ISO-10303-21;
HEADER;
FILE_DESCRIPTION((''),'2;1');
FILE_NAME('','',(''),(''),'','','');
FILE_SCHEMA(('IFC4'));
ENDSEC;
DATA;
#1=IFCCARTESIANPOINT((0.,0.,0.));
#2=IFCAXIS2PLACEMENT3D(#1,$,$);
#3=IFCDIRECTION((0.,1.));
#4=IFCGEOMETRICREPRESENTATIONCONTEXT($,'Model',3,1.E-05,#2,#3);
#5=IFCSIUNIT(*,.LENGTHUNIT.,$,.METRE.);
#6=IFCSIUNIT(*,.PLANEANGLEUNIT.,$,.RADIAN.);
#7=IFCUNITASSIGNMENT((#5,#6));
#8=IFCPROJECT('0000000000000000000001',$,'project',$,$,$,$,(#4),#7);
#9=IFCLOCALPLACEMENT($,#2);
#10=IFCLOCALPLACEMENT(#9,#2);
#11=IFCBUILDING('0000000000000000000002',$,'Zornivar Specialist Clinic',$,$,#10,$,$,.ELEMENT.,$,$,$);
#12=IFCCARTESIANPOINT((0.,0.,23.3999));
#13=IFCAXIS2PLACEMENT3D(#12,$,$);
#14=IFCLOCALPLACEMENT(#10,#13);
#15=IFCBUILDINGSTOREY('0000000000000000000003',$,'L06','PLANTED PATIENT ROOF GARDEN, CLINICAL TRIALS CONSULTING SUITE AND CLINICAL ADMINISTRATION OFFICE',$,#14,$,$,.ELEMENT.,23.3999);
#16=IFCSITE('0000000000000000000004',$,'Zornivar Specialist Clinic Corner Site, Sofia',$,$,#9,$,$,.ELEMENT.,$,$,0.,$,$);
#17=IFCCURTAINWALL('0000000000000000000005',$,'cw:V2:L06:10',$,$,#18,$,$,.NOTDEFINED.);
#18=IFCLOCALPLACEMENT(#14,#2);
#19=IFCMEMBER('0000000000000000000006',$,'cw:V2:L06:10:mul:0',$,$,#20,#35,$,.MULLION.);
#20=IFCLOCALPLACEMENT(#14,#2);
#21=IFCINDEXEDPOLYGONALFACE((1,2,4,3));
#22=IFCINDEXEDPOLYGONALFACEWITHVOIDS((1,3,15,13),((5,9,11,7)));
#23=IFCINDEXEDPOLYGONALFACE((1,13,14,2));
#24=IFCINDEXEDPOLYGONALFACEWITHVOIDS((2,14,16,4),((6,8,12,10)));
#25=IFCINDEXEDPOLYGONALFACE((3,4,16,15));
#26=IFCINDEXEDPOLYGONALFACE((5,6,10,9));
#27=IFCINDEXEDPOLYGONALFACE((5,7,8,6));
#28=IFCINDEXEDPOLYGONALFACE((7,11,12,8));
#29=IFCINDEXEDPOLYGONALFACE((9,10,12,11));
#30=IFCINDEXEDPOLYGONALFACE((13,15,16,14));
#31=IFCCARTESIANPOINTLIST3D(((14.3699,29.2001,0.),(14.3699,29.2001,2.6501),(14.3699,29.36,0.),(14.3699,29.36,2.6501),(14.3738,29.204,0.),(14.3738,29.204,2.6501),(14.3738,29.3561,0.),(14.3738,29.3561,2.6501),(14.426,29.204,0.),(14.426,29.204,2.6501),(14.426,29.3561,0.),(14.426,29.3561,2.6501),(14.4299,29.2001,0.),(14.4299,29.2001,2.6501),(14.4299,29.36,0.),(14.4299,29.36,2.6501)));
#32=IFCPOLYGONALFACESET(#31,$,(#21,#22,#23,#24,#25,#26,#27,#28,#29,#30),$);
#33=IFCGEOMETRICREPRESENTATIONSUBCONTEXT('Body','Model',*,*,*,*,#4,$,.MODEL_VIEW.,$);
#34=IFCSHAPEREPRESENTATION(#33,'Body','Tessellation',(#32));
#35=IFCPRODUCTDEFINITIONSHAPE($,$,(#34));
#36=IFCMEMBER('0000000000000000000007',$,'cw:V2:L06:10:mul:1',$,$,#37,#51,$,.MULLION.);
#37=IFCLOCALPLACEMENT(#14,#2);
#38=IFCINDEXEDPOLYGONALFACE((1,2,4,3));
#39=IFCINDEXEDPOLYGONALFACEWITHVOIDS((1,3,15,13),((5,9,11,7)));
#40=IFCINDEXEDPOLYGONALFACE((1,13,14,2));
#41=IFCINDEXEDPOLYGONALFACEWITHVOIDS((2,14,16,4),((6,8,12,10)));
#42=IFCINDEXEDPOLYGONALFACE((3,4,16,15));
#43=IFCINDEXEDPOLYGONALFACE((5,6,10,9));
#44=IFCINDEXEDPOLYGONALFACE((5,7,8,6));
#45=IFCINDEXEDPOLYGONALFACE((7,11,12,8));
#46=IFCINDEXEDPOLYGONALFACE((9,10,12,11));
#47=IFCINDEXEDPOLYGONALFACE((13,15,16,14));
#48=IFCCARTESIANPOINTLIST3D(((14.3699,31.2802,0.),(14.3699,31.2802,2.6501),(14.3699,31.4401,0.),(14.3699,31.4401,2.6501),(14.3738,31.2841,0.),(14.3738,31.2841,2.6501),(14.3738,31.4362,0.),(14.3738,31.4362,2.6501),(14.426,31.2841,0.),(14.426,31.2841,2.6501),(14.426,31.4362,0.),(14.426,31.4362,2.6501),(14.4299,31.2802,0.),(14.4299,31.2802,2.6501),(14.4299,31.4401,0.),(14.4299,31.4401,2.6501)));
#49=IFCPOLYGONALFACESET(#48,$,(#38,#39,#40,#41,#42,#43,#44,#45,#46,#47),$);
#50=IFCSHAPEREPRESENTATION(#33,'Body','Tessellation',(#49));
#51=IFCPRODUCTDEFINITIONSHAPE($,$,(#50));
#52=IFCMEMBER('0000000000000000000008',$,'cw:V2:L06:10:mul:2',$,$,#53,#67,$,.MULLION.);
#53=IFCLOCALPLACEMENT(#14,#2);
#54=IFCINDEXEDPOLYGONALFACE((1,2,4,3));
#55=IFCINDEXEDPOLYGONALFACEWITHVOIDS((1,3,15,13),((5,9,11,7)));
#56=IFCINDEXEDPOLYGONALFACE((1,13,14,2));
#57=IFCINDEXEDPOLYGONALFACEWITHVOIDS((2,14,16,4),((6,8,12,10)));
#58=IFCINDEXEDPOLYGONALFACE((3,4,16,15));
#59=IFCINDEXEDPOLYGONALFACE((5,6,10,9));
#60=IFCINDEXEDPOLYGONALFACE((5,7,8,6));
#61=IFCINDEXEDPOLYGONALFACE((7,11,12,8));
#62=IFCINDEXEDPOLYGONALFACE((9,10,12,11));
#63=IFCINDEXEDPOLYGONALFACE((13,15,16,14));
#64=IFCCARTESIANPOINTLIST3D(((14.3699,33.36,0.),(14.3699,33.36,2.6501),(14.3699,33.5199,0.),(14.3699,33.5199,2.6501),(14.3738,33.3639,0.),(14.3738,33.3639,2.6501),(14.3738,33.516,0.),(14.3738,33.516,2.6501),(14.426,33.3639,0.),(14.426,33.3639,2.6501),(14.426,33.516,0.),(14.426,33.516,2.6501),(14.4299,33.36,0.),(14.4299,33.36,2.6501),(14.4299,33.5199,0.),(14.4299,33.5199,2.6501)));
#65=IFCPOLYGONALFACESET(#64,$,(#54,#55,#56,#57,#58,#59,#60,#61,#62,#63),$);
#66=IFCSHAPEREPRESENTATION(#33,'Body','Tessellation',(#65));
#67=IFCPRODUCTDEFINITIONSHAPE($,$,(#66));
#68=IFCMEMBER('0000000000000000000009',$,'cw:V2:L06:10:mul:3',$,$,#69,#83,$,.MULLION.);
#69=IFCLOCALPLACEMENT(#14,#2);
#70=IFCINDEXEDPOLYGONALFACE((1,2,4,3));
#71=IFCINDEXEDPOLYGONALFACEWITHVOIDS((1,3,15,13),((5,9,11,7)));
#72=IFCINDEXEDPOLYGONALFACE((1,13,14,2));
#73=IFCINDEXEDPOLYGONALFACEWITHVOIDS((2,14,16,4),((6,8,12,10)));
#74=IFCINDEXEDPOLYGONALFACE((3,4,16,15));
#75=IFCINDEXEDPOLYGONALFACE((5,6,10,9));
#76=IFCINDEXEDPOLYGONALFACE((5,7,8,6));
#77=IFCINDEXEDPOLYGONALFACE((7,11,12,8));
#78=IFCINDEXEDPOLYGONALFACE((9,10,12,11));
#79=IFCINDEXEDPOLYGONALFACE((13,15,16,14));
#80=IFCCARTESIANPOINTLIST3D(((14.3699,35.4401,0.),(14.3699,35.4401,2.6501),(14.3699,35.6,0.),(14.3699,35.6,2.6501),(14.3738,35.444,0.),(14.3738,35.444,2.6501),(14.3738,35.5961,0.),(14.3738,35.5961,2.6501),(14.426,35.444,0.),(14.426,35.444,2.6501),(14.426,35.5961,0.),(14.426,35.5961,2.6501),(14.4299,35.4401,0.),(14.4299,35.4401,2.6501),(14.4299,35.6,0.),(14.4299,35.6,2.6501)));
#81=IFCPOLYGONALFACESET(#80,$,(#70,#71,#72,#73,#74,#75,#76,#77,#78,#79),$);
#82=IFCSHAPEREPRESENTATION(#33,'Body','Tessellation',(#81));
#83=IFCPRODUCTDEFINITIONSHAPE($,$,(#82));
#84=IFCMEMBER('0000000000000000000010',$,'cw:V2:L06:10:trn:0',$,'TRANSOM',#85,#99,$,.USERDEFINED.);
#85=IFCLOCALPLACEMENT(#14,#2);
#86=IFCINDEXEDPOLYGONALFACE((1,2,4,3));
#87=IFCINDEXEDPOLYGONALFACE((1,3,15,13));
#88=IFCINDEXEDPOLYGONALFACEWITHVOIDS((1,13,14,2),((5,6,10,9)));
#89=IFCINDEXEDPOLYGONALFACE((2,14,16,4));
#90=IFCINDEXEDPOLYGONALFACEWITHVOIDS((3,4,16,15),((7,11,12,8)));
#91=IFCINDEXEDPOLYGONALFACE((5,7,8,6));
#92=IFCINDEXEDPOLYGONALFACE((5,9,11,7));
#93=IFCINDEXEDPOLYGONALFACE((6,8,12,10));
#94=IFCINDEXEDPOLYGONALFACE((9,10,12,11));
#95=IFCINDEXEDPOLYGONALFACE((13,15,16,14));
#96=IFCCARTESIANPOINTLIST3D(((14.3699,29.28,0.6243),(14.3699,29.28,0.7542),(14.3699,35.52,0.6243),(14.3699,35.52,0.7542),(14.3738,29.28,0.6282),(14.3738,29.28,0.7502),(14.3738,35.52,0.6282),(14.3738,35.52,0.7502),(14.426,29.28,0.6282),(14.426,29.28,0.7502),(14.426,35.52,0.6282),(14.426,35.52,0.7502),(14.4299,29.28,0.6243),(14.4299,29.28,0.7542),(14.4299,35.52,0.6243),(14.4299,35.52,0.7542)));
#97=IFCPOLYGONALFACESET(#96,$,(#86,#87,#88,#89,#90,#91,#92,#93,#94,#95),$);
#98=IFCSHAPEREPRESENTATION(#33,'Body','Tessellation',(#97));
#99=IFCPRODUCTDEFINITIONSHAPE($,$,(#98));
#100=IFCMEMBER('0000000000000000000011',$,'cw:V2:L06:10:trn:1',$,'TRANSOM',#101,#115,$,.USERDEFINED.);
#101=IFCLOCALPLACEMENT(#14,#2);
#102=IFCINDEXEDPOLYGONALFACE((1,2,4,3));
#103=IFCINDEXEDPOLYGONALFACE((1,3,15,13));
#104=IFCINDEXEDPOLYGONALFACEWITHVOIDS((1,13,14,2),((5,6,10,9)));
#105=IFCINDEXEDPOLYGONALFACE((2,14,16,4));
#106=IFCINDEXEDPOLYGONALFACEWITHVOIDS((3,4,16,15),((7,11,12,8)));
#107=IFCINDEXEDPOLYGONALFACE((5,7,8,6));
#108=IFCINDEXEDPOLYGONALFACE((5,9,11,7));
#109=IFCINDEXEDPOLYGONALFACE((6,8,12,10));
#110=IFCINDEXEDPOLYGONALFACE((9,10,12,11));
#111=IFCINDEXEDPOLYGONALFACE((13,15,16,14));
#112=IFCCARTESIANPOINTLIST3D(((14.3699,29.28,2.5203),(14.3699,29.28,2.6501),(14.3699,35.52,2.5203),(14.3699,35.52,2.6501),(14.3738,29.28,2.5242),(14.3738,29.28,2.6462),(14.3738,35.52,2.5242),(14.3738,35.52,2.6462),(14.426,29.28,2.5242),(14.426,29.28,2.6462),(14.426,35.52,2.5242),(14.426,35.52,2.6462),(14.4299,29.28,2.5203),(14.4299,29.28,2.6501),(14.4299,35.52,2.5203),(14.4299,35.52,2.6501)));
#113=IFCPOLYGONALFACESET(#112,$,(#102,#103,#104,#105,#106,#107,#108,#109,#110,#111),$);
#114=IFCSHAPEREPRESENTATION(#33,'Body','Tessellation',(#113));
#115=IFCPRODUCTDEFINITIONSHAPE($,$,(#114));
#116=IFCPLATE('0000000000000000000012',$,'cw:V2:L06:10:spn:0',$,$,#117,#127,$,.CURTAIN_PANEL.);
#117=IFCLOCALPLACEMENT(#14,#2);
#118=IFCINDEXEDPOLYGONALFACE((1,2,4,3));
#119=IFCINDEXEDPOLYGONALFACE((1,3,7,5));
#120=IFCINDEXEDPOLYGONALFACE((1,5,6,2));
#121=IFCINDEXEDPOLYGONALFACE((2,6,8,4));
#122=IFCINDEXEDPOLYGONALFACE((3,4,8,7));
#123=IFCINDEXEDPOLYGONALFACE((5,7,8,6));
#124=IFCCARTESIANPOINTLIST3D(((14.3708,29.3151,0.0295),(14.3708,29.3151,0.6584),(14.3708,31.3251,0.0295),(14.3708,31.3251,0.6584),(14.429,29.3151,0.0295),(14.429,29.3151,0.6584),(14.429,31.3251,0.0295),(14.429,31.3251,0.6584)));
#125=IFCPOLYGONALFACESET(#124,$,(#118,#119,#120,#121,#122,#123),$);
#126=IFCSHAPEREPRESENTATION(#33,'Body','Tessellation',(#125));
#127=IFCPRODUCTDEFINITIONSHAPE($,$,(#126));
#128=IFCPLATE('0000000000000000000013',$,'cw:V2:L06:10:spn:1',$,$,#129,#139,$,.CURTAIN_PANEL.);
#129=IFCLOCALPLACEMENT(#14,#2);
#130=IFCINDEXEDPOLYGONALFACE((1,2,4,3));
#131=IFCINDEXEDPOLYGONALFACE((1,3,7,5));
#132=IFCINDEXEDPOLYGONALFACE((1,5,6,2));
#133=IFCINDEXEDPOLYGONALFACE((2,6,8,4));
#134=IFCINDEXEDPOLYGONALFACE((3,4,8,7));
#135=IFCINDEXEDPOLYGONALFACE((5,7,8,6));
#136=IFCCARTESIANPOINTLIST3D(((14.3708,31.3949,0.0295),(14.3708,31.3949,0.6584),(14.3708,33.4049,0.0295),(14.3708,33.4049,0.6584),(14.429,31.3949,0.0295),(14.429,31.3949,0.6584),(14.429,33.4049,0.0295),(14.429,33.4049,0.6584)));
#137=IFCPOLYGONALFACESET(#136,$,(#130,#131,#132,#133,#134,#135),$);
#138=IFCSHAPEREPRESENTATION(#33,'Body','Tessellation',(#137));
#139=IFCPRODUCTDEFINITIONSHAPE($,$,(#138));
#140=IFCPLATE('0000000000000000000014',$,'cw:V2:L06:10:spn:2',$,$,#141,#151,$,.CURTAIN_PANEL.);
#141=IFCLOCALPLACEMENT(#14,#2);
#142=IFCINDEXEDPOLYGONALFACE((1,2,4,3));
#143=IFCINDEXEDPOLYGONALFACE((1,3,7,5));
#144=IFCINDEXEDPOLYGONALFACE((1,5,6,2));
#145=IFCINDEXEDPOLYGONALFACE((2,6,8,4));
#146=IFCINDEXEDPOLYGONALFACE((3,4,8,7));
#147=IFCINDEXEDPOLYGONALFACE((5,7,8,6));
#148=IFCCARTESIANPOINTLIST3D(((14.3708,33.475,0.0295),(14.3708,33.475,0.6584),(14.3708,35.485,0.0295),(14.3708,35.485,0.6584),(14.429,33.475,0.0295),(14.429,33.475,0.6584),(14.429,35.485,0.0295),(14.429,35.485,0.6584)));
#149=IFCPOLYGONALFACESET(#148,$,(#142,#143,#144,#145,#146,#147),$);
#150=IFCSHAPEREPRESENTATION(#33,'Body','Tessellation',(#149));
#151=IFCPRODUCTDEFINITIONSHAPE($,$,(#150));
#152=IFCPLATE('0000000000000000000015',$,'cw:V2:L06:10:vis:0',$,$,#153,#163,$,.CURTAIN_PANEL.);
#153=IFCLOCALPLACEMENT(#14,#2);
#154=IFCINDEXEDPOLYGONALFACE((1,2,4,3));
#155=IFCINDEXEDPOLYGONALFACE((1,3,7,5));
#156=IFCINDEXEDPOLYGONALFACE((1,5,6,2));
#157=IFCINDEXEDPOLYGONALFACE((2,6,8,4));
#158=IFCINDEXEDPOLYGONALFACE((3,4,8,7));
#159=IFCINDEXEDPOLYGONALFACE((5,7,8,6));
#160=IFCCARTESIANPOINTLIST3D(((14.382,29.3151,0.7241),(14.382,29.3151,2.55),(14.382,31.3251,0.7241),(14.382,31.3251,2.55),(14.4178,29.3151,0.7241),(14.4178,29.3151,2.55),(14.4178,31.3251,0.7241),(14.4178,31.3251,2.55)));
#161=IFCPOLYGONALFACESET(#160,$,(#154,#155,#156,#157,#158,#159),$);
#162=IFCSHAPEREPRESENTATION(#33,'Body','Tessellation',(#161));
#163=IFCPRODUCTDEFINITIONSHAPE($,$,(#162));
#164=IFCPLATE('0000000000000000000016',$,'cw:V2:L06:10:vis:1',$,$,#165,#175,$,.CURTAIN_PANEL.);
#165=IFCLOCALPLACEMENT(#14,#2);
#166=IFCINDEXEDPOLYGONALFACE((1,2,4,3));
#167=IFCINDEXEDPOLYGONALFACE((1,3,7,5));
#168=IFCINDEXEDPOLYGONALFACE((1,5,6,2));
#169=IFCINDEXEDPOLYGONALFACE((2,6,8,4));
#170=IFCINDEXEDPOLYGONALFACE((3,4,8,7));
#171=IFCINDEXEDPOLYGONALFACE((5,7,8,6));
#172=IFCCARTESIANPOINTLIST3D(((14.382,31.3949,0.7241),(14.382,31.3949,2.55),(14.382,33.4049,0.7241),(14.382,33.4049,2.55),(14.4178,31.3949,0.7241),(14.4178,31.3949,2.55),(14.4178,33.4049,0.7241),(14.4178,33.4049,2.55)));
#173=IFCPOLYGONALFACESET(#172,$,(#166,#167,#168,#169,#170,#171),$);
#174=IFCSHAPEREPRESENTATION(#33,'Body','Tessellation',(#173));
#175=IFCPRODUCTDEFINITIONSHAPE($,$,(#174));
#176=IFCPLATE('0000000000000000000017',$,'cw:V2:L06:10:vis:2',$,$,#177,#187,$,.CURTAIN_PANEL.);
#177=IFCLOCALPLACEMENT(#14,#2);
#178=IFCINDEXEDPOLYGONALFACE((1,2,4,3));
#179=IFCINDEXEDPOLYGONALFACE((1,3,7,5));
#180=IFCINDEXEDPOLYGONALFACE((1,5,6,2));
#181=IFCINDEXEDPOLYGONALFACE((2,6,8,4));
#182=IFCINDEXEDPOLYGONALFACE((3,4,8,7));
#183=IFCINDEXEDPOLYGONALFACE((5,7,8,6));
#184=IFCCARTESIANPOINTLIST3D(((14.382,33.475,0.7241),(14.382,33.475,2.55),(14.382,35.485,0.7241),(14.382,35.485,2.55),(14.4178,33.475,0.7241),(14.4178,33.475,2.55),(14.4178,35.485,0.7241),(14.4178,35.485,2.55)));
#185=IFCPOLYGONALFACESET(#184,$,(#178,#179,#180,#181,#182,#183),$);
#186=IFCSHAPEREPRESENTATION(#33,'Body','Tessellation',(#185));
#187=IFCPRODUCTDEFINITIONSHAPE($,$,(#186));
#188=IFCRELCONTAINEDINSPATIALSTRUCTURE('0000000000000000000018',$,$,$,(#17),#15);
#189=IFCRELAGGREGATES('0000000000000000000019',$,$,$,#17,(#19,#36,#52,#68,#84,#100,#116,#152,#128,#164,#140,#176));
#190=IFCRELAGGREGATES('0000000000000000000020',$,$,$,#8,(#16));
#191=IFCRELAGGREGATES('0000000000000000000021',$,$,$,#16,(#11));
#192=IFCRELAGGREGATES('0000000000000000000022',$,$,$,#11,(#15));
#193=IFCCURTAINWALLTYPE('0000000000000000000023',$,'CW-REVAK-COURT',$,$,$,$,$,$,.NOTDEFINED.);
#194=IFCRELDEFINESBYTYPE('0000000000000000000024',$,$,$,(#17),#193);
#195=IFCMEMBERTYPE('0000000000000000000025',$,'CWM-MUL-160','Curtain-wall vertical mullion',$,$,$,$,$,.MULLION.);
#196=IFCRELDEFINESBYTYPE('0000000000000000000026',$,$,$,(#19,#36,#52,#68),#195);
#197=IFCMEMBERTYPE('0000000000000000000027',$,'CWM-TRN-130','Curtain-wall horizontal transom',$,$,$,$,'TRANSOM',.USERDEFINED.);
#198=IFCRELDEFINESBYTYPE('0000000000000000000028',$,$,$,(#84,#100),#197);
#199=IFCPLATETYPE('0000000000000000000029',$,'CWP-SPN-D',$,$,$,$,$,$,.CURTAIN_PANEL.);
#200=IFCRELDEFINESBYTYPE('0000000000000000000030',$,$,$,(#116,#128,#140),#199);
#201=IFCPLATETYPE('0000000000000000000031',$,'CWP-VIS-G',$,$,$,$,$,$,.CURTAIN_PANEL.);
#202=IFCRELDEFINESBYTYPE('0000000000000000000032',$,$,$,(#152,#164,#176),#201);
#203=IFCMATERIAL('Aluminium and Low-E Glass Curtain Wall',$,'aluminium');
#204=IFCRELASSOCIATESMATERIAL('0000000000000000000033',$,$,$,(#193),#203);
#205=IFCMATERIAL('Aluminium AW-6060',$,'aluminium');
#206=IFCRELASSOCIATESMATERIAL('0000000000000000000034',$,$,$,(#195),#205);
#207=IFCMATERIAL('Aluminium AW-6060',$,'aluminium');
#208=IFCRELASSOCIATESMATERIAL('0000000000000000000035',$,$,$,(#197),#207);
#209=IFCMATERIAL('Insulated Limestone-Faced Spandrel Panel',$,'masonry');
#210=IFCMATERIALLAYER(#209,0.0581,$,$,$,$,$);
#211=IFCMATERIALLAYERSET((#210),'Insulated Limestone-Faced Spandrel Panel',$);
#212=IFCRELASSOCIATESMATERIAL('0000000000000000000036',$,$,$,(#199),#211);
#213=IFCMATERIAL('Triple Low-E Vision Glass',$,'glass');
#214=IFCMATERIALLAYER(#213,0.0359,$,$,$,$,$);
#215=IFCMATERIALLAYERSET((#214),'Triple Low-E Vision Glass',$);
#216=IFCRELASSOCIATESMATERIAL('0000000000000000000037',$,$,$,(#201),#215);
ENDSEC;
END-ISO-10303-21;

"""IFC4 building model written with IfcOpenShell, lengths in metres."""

from ifc_helpers import new_model, si_unit, direction, frame, origin, origin_2d, place, context, subcontext, project, spatial, rectangle, hollow_rectangle, extrude, material, layer, layer_set, material_profile, profile_set, type_object, element, aggregate, save


model = new_model("IFC4")

# Units and contexts
model_context = context("Model", 3, precision=1e-05, world=origin(), true_north=direction((0.0, 1.0)))
body_context = subcontext(model_context, "Body", "Model", "MODEL_VIEW")
ifc_project = project(units=[si_unit("LENGTHUNIT", "METRE"), si_unit("PLANEANGLEUNIT", "RADIAN")], contexts=[model_context])

# Site, building, storey
site_placement = place(None, origin())
site = spatial("IfcSite", under=ifc_project, at=site_placement, Name="Zornivar Specialist Clinic Corner Site, Sofia", CompositionType="ELEMENT", RefElevation=0.0)
building_placement = place(site_placement, origin())
building = spatial("IfcBuilding", under=site, at=building_placement, Name="Zornivar Specialist Clinic", CompositionType="ELEMENT")
storey_placement = place(building_placement, frame((0.0, 0.0, 23.3999)))
storey = spatial("IfcBuildingStorey", under=building, at=storey_placement, Name="L06", Description="PLANTED PATIENT ROOF GARDEN, CLINICAL TRIALS CONSULTING SUITE AND CLINICAL ADMINISTRATION OFFICE", CompositionType="ELEMENT", Elevation=23.3999)

# Curtain wall, members, plates
ifc_material_1 = material(Name="Aluminium and Low-E Glass Curtain Wall", Category="aluminium")
curtain_wall_type = type_object("IfcCurtainWallType", Name="CW-REVAK-COURT", PredefinedType="NOTDEFINED", material=ifc_material_1)
curtain_wall_placement = place(storey_placement, origin())
curtain_wall = element("IfcCurtainWall", 1, at=curtain_wall_placement, inside=storey, type_object=curtain_wall_type, Name="cw:V2:L06:10", PredefinedType="NOTDEFINED")
ifc_material_2 = material(Name="Aluminium AW-6060", Category="aluminium")
ifc_material_profile_1 = material_profile(ifc_material_2, hollow_rectangle(XDim=0.0601, YDim=0.1599, WallThickness=0.0039, at=origin_2d()), Name="ALU 60x160x4")
ifc_profile_set_1 = profile_set([ifc_material_profile_1], Name="Aluminium AW-6060")
member_type_1 = type_object("IfcMemberType", Name="CWM-MUL-160", Description="Curtain-wall vertical mullion", PredefinedType="MULLION", material=ifc_profile_set_1)
member_1_placement = place(storey_placement, frame((14.3999, 29.28, 0.0), z_axis=(0.0, 0.0, 1.0), x_axis=(1.0, 0.0, 0.0)))
member_1 = element("IfcMember", 2, at=member_1_placement, type_object=member_type_1, Name="cw:V2:L06:10:mul:0", PredefinedType="MULLION", context=body_context, shape_type="SweptSolid", body=[
    extrude(hollow_rectangle(XDim=0.0601, YDim=0.1599, WallThickness=0.0039, at=origin_2d()), origin(), (0.0, 0.0, 1.0), 2.6501),
])
member_2_placement = place(storey_placement, frame((14.3999, 31.3601, 0.0), z_axis=(0.0, 0.0, 1.0), x_axis=(1.0, 0.0, 0.0)))
member_2 = element("IfcMember", 3, at=member_2_placement, type_object=member_type_1, Name="cw:V2:L06:10:mul:1", PredefinedType="MULLION", context=body_context, shape_type="SweptSolid", body=[
    extrude(hollow_rectangle(XDim=0.0601, YDim=0.1599, WallThickness=0.0039, at=origin_2d()), origin(), (0.0, 0.0, 1.0), 2.6501),
])
member_3_placement = place(storey_placement, frame((14.3999, 33.4399, 0.0), z_axis=(0.0, 0.0, 1.0), x_axis=(1.0, 0.0, 0.0)))
member_3 = element("IfcMember", 4, at=member_3_placement, type_object=member_type_1, Name="cw:V2:L06:10:mul:2", PredefinedType="MULLION", context=body_context, shape_type="SweptSolid", body=[
    extrude(hollow_rectangle(XDim=0.0601, YDim=0.1599, WallThickness=0.0039, at=origin_2d()), origin(), (0.0, 0.0, 1.0), 2.6501),
])
member_4_placement = place(storey_placement, frame((14.3999, 35.52, 0.0), z_axis=(0.0, 0.0, 1.0), x_axis=(1.0, 0.0, 0.0)))
member_4 = element("IfcMember", 5, at=member_4_placement, type_object=member_type_1, Name="cw:V2:L06:10:mul:3", PredefinedType="MULLION", context=body_context, shape_type="SweptSolid", body=[
    extrude(hollow_rectangle(XDim=0.0601, YDim=0.1599, WallThickness=0.0039, at=origin_2d()), origin(), (0.0, 0.0, 1.0), 2.6501),
])
ifc_material_3 = material(Name="Aluminium AW-6060", Category="aluminium")
ifc_material_profile_2 = material_profile(ifc_material_3, hollow_rectangle(XDim=0.0601, YDim=0.1299, WallThickness=0.0039, at=origin_2d()), Name="ALU 60x130x4")
ifc_profile_set_2 = profile_set([ifc_material_profile_2], Name="Aluminium AW-6060")
member_type_2 = type_object("IfcMemberType", Name="CWM-TRN-130", Description="Curtain-wall horizontal transom", ElementType="TRANSOM", PredefinedType="USERDEFINED", material=ifc_profile_set_2)
member_5_placement = place(storey_placement, frame((14.3999, 29.28, 0.6892), z_axis=(0.0, 1.0, 0.0), x_axis=(-1.0, 0.0, 0.0)))
member_5 = element("IfcMember", 6, at=member_5_placement, type_object=member_type_2, Name="cw:V2:L06:10:trn:0", ObjectType="TRANSOM", PredefinedType="USERDEFINED", context=body_context, shape_type="SweptSolid", body=[
    extrude(hollow_rectangle(XDim=0.0601, YDim=0.1299, WallThickness=0.0039, at=origin_2d()), origin(), (0.0, 0.0, 1.0), 6.24),
])
member_6_placement = place(storey_placement, frame((14.3999, 29.28, 2.5852), z_axis=(0.0, 1.0, 0.0), x_axis=(-1.0, 0.0, 0.0)))
member_6 = element("IfcMember", 7, at=member_6_placement, type_object=member_type_2, Name="cw:V2:L06:10:trn:1", ObjectType="TRANSOM", PredefinedType="USERDEFINED", context=body_context, shape_type="SweptSolid", body=[
    extrude(hollow_rectangle(XDim=0.0601, YDim=0.1299, WallThickness=0.0039, at=origin_2d()), origin(), (0.0, 0.0, 1.0), 6.24),
])
ifc_material_4 = material(Name="Insulated Limestone-Faced Spandrel Panel", Category="masonry")
ifc_layer_1 = layer(ifc_material_4, 0.0581)
ifc_layer_set_1 = layer_set([ifc_layer_1], Name="Insulated Limestone-Faced Spandrel Panel")
plate_type_1 = type_object("IfcPlateType", Name="CWP-SPN-D", PredefinedType="CURTAIN_PANEL", material=ifc_layer_set_1)
plate_1_placement = place(storey_placement, frame((14.3999, 30.3201, 0.0295), z_axis=(0.0, 0.0, 1.0), x_axis=(0.0, 1.0, 0.0)))
plate_1 = element("IfcPlate", 8, at=plate_1_placement, type_object=plate_type_1, Name="cw:V2:L06:10:spn:0", PredefinedType="CURTAIN_PANEL", context=body_context, shape_type="SweptSolid", body=[
    extrude(rectangle(XDim=2.01, YDim=0.0581, at=origin_2d()), origin(), (0.0, 0.0, 1.0), 0.6289),
])
plate_2_placement = place(storey_placement, frame((14.3999, 32.3999, 0.0295), z_axis=(0.0, 0.0, 1.0), x_axis=(0.0, 1.0, 0.0)))
plate_2 = element("IfcPlate", 9, at=plate_2_placement, type_object=plate_type_1, Name="cw:V2:L06:10:spn:1", PredefinedType="CURTAIN_PANEL", context=body_context, shape_type="SweptSolid", body=[
    extrude(rectangle(XDim=2.01, YDim=0.0581, at=origin_2d()), origin(), (0.0, 0.0, 1.0), 0.6289),
])
plate_3_placement = place(storey_placement, frame((14.3999, 34.48, 0.0295), z_axis=(0.0, 0.0, 1.0), x_axis=(0.0, 1.0, 0.0)))
plate_3 = element("IfcPlate", 10, at=plate_3_placement, type_object=plate_type_1, Name="cw:V2:L06:10:spn:2", PredefinedType="CURTAIN_PANEL", context=body_context, shape_type="SweptSolid", body=[
    extrude(rectangle(XDim=2.01, YDim=0.0581, at=origin_2d()), origin(), (0.0, 0.0, 1.0), 0.6289),
])
ifc_material_5 = material(Name="Triple Low-E Vision Glass", Category="glass")
ifc_layer_2 = layer(ifc_material_5, 0.0359)
ifc_layer_set_2 = layer_set([ifc_layer_2], Name="Triple Low-E Vision Glass")
plate_type_2 = type_object("IfcPlateType", Name="CWP-VIS-G", PredefinedType="CURTAIN_PANEL", material=ifc_layer_set_2)
plate_4_placement = place(storey_placement, frame((14.3999, 30.3201, 0.7241), z_axis=(0.0, 0.0, 1.0), x_axis=(0.0, 1.0, 0.0)))
plate_4 = element("IfcPlate", 11, at=plate_4_placement, type_object=plate_type_2, Name="cw:V2:L06:10:vis:0", PredefinedType="CURTAIN_PANEL", context=body_context, shape_type="SweptSolid", body=[
    extrude(rectangle(XDim=2.01, YDim=0.0359, at=origin_2d()), origin(), (0.0, 0.0, 1.0), 1.8259),
])
plate_5_placement = place(storey_placement, frame((14.3999, 32.3999, 0.7241), z_axis=(0.0, 0.0, 1.0), x_axis=(0.0, 1.0, 0.0)))
plate_5 = element("IfcPlate", 12, at=plate_5_placement, type_object=plate_type_2, Name="cw:V2:L06:10:vis:1", PredefinedType="CURTAIN_PANEL", context=body_context, shape_type="SweptSolid", body=[
    extrude(rectangle(XDim=2.01, YDim=0.0359, at=origin_2d()), origin(), (0.0, 0.0, 1.0), 1.8259),
])
plate_6_placement = place(storey_placement, frame((14.3999, 34.48, 0.7241), z_axis=(0.0, 0.0, 1.0), x_axis=(0.0, 1.0, 0.0)))
plate_6 = element("IfcPlate", 13, at=plate_6_placement, type_object=plate_type_2, Name="cw:V2:L06:10:vis:2", PredefinedType="CURTAIN_PANEL", context=body_context, shape_type="SweptSolid", body=[
    extrude(rectangle(XDim=2.01, YDim=0.0359, at=origin_2d()), origin(), (0.0, 0.0, 1.0), 1.8259),
])
aggregate(curtain_wall, [member_1, member_2, member_3, member_4, member_5, member_6, plate_1, plate_4, plate_2, plate_5, plate_3, plate_6])

save(model, "model.ifc")
